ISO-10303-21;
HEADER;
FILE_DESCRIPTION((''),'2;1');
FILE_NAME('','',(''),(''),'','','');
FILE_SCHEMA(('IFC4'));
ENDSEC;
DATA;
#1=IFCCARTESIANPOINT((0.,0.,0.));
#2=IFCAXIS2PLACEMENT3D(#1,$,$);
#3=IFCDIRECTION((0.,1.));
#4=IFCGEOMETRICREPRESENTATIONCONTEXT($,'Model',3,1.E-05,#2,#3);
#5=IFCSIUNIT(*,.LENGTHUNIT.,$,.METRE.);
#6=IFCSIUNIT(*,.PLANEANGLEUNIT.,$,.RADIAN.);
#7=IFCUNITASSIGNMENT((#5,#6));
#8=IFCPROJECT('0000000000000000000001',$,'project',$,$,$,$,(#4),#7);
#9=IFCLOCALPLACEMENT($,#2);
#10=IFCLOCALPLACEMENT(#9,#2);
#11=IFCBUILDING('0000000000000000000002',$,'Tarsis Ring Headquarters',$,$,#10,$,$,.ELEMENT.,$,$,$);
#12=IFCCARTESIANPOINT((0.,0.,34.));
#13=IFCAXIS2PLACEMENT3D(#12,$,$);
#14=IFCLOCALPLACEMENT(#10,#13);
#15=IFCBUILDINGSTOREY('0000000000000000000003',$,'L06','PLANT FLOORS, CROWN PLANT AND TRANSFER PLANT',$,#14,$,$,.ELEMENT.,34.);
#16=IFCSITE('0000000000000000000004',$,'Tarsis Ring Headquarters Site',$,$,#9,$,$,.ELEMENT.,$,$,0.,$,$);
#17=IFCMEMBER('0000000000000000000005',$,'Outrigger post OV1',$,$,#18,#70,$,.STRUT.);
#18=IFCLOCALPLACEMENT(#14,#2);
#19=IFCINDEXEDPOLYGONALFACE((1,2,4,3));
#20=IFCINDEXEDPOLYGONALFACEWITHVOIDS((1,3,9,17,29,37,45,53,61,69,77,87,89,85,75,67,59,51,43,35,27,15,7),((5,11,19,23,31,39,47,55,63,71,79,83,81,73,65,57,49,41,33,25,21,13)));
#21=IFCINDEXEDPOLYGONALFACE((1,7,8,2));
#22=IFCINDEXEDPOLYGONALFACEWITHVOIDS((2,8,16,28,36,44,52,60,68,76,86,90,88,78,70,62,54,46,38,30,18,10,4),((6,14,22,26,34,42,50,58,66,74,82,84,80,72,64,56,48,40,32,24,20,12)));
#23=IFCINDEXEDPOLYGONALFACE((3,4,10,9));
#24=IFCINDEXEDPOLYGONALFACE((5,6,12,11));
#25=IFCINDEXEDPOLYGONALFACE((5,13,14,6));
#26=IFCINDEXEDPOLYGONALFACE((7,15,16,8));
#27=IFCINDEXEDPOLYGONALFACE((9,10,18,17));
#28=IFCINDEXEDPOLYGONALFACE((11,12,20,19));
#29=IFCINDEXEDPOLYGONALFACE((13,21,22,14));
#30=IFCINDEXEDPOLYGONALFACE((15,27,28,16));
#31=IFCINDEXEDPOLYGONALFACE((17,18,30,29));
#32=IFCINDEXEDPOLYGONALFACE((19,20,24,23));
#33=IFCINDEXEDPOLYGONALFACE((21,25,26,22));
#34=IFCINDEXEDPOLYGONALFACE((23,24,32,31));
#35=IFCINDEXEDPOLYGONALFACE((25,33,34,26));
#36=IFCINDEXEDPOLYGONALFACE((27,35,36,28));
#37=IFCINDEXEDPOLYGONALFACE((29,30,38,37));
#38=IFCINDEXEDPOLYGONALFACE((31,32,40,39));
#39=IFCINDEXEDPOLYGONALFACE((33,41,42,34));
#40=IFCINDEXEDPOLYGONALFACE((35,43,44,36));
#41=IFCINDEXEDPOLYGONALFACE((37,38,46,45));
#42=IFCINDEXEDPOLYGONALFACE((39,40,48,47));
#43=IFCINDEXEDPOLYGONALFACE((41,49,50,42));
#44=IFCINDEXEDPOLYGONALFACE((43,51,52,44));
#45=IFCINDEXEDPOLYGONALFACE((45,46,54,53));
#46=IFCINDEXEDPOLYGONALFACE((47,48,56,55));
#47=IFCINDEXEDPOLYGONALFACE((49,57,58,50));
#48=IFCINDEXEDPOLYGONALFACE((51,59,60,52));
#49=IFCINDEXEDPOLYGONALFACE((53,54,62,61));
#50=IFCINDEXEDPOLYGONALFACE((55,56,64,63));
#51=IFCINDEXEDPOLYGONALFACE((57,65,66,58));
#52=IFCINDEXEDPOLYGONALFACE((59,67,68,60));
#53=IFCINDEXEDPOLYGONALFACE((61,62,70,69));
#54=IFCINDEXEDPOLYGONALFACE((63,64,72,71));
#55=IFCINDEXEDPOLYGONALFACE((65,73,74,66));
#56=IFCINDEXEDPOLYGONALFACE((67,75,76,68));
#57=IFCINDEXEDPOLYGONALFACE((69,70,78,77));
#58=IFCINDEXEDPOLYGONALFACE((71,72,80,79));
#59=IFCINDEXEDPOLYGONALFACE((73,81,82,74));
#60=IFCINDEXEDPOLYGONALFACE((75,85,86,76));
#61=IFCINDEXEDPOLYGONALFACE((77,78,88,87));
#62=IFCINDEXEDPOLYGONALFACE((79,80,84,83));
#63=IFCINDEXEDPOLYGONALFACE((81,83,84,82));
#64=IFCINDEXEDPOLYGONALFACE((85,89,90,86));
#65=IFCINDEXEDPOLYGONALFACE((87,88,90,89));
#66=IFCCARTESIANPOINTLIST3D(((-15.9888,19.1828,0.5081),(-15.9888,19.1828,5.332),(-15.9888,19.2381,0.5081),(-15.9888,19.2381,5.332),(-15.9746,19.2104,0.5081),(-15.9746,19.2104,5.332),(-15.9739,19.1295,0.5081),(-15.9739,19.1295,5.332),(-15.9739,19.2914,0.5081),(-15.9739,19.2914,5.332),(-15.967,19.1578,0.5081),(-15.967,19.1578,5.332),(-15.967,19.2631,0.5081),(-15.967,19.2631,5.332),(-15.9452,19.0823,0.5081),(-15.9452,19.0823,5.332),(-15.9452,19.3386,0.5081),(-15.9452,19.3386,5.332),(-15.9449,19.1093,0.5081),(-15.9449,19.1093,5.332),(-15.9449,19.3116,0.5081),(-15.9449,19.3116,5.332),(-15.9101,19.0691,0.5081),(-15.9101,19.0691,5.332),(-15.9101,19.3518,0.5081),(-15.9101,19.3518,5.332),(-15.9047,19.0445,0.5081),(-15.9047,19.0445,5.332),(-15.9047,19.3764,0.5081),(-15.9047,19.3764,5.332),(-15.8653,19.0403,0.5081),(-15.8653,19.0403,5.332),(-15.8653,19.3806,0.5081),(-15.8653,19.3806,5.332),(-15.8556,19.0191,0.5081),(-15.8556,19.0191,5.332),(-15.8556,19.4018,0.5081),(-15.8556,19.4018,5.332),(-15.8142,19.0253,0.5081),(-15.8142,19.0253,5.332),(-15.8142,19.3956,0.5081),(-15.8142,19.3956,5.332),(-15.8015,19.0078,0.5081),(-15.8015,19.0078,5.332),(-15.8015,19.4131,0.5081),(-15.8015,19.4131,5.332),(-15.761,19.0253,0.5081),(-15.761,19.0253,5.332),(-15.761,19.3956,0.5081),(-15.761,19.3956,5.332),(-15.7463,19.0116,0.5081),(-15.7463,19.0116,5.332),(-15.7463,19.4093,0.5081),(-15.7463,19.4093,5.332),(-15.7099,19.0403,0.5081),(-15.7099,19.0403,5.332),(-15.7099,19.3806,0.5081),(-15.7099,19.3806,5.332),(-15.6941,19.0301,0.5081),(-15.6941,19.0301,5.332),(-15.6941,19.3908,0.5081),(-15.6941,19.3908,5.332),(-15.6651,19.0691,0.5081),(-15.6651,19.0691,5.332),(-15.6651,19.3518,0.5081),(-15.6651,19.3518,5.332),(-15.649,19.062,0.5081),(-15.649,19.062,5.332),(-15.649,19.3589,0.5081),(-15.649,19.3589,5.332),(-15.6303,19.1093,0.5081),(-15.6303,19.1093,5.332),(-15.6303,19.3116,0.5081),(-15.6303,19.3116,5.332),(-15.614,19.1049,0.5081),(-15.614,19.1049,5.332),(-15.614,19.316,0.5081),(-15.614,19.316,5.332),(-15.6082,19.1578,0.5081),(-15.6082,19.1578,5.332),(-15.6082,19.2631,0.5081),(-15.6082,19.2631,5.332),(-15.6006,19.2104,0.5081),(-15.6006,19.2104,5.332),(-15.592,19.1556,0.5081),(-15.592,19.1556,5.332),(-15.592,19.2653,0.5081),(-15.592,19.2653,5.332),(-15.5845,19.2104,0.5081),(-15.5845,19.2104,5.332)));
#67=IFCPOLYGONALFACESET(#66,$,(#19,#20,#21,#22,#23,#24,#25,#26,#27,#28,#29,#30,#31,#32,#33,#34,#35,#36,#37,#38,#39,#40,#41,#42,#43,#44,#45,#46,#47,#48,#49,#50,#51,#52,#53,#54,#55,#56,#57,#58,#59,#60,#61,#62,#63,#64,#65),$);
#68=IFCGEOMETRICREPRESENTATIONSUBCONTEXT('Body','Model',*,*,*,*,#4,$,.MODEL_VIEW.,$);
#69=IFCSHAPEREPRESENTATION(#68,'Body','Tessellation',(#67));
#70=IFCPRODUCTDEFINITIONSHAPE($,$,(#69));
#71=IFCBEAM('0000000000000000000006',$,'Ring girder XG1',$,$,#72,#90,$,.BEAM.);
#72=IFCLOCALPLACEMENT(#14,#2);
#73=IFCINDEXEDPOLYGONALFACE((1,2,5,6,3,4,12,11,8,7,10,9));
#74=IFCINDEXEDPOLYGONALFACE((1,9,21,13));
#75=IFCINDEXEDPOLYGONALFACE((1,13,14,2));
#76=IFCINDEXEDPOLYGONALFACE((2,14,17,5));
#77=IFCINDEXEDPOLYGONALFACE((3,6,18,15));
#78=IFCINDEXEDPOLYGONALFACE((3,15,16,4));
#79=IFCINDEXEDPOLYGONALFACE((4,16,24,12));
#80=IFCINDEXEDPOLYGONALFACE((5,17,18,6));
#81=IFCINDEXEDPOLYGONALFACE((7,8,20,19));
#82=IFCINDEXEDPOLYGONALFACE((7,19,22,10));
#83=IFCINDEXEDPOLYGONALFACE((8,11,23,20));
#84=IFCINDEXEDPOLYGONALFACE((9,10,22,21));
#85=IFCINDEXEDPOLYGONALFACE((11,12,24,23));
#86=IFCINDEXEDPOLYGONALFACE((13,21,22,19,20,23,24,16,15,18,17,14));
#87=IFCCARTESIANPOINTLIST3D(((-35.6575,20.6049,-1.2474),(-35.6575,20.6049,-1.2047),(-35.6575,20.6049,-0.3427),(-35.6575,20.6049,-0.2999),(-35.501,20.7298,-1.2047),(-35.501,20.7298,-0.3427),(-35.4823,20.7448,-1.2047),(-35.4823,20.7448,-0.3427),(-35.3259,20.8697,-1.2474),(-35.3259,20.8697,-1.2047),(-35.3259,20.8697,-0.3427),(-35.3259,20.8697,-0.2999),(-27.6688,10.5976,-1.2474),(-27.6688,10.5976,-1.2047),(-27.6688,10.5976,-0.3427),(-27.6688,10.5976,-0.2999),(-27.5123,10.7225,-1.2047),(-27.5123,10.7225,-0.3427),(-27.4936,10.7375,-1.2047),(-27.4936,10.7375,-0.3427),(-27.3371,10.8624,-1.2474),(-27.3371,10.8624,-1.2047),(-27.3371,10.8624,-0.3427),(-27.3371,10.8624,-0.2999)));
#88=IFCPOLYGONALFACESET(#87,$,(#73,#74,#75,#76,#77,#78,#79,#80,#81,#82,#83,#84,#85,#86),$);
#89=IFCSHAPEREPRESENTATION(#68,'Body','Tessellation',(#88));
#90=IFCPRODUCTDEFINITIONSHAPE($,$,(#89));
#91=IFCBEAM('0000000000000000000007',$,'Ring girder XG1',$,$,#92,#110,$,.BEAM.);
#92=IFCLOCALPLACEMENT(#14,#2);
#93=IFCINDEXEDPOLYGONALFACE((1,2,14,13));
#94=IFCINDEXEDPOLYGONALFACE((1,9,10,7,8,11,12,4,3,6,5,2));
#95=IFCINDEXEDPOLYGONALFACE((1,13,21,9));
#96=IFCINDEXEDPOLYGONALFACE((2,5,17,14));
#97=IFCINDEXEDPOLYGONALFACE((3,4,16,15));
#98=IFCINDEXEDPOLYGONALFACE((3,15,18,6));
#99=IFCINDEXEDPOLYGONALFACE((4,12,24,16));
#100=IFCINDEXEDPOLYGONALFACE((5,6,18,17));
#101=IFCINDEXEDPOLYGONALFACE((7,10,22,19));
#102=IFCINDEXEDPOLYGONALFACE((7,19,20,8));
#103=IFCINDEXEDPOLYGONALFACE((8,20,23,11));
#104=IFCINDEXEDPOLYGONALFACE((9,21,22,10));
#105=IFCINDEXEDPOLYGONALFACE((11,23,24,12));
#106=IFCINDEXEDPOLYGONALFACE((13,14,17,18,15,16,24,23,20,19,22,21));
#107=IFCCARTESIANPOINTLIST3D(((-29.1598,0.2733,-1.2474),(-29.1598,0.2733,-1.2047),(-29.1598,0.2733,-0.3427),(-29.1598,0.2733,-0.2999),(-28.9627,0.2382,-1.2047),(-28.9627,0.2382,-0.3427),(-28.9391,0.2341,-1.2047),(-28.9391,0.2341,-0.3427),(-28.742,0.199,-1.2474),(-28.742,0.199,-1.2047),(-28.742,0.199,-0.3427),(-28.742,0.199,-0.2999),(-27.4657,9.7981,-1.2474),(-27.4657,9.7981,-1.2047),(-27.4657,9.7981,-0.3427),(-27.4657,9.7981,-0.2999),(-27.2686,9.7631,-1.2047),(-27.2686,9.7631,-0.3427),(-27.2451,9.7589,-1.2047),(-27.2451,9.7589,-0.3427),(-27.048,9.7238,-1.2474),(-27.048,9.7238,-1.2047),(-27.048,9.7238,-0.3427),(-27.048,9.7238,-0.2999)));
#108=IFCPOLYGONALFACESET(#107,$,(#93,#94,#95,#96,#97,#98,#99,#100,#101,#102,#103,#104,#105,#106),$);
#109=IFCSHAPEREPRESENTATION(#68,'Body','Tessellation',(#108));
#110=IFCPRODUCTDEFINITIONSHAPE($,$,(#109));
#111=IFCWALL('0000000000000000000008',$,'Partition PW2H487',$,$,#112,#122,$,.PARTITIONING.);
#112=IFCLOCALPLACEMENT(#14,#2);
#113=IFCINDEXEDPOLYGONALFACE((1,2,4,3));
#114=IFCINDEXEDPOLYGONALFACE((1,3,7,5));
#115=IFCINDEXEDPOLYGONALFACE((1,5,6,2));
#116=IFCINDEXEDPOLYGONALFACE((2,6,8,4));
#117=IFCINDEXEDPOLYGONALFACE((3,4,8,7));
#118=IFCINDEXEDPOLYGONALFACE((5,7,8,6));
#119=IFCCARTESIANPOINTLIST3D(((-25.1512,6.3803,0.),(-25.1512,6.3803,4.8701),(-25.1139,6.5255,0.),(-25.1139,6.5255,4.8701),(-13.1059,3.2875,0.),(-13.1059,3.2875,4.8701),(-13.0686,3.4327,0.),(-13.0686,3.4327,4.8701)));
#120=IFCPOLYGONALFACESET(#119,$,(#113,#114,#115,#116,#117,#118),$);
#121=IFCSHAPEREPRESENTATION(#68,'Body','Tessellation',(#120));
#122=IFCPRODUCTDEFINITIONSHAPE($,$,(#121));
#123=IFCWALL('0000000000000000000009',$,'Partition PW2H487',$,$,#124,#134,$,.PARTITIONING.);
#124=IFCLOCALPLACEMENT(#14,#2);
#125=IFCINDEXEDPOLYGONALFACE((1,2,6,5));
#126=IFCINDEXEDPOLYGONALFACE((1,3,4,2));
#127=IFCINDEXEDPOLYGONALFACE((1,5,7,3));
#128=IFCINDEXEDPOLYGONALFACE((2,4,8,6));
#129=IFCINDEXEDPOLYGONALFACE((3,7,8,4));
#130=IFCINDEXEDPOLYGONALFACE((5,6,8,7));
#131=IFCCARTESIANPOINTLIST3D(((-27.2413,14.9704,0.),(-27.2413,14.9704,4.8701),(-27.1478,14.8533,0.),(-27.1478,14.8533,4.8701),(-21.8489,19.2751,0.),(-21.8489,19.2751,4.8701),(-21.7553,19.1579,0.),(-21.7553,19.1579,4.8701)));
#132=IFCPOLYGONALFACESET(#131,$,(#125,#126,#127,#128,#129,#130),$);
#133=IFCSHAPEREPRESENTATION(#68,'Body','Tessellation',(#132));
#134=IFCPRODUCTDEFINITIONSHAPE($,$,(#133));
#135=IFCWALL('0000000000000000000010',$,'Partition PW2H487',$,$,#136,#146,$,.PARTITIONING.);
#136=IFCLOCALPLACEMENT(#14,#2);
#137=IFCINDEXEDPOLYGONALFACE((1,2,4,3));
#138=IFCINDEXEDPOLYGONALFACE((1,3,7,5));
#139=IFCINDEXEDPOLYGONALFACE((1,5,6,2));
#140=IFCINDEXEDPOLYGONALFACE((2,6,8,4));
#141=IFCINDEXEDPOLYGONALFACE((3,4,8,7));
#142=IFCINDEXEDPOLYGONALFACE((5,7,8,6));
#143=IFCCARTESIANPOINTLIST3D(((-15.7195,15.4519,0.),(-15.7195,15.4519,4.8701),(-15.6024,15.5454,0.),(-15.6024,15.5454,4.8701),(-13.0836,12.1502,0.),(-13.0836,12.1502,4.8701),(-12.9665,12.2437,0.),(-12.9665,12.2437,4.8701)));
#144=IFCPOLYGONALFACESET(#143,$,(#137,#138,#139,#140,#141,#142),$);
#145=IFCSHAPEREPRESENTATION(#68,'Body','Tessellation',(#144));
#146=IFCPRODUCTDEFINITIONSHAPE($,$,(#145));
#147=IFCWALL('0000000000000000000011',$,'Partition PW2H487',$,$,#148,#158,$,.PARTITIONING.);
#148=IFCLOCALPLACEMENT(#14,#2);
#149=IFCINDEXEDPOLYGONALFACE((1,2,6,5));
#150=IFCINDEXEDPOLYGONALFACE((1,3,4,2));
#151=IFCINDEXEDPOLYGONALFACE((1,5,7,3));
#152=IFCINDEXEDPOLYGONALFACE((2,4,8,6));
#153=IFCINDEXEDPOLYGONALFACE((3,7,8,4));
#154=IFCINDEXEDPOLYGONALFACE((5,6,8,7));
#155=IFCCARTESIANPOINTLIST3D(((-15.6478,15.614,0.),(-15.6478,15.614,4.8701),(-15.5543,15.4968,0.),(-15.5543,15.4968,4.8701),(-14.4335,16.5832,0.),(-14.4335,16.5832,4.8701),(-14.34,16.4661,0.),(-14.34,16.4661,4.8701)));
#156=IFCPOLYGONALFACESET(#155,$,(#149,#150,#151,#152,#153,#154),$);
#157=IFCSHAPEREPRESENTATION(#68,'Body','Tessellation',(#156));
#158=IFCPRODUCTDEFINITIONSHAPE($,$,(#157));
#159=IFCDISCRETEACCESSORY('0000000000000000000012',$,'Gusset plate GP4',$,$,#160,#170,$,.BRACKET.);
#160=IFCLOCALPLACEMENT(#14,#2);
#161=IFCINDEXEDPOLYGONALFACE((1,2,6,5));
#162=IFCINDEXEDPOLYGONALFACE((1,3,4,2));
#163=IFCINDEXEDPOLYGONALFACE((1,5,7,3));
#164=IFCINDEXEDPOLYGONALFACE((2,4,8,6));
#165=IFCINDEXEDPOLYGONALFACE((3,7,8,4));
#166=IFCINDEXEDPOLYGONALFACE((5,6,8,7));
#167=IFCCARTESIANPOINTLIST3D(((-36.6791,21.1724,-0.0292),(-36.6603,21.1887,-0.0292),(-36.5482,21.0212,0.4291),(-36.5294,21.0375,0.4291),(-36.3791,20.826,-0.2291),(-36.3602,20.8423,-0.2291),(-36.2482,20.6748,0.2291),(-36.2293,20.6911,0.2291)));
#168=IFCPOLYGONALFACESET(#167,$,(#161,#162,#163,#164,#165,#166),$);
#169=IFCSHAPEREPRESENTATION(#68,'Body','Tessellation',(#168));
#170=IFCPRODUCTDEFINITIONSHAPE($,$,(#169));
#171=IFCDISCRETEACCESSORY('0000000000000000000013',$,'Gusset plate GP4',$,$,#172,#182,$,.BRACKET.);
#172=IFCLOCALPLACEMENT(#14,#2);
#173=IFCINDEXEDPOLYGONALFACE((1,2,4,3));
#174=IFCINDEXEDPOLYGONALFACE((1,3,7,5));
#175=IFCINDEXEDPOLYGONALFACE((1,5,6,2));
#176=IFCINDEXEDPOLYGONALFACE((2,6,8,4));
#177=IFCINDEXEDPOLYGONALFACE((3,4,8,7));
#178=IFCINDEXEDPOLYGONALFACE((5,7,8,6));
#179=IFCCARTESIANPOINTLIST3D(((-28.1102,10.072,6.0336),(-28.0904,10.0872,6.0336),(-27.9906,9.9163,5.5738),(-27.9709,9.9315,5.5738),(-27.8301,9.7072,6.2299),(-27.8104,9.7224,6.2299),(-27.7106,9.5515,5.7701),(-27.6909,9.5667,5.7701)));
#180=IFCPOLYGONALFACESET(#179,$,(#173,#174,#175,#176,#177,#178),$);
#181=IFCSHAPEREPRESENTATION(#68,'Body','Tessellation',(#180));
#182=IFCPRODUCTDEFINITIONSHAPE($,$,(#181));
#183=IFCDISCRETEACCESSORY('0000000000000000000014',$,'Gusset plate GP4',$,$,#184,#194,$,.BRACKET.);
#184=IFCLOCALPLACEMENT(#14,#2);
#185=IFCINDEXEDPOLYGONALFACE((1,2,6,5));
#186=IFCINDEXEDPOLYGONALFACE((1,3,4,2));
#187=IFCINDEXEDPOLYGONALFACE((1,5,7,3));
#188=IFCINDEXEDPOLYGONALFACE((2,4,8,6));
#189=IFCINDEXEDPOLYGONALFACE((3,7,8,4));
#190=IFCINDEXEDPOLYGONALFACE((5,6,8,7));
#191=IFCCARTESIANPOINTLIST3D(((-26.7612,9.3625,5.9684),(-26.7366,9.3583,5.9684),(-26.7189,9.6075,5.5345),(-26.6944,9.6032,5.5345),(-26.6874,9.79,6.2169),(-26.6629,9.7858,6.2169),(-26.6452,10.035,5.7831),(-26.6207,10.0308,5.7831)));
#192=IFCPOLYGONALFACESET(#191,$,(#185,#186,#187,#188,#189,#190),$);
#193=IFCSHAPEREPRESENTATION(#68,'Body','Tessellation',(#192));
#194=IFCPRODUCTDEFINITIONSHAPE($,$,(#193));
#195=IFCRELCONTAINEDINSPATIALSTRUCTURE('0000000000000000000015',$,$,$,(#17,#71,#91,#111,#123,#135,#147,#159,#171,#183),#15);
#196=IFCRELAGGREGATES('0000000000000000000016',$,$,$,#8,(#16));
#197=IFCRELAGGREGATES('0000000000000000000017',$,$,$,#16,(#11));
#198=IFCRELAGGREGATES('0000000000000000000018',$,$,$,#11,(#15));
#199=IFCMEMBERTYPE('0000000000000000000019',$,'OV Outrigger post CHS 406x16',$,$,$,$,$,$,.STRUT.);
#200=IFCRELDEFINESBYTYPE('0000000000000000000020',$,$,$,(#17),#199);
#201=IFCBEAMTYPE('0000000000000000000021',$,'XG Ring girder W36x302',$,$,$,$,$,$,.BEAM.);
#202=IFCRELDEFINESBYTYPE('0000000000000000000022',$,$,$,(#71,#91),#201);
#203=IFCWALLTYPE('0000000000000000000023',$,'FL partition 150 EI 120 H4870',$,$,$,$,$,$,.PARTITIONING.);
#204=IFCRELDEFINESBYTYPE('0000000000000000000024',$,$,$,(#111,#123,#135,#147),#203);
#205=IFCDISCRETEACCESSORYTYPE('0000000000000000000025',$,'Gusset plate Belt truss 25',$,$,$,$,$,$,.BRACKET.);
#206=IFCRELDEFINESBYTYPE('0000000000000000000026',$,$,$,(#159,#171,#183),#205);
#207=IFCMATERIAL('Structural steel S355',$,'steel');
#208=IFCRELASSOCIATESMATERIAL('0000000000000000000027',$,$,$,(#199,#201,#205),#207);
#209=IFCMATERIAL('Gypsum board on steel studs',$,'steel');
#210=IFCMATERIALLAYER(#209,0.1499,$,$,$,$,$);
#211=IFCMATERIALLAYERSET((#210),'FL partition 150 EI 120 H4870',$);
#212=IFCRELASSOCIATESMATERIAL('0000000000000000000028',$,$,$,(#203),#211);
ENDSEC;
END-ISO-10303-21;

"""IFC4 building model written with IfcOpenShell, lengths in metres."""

from ifc_helpers import new_model, si_unit, direction, frame, frame_2d, origin, origin_2d, place, context, subcontext, project, spatial, rectangle, hollow_circle, i_section, extrude, material, layer, layer_set, material_profile, profile_set, type_object, element, save


model = new_model("IFC4")

# Units and contexts
model_context = context("Model", 3, precision=1e-05, world=origin(), true_north=direction((0.0, 1.0)))
body_context = subcontext(model_context, "Body", "Model", "MODEL_VIEW")
ifc_project = project(units=[si_unit("LENGTHUNIT", "METRE"), si_unit("PLANEANGLEUNIT", "RADIAN")], contexts=[model_context])

# Site, building, storey
site_placement = place(None, origin())
site = spatial("IfcSite", under=ifc_project, at=site_placement, Name="Tarsis Ring Headquarters Site", CompositionType="ELEMENT", RefElevation=0.0)
building_placement = place(site_placement, origin())
building = spatial("IfcBuilding", under=site, at=building_placement, Name="Tarsis Ring Headquarters", CompositionType="ELEMENT")
storey_placement = place(building_placement, frame((0.0, 0.0, 34.0)))
storey = spatial("IfcBuildingStorey", under=building, at=storey_placement, Name="L06", Description="PLANT FLOORS, CROWN PLANT AND TRANSFER PLANT", CompositionType="ELEMENT", Elevation=34.0)

# Member
ifc_material_1 = material(Name="Structural steel S355", Category="steel")
ifc_material_profile_1 = material_profile(ifc_material_1, hollow_circle(Radius=0.2031, WallThickness=0.0161, at=origin_2d()), Name="CHS 406x16")
ifc_profile_set_1 = profile_set([ifc_material_profile_1], Name="Structural steel S355")
member_type_1 = type_object("IfcMemberType", Name="OV Outrigger post CHS 406x16", PredefinedType="STRUT", material=ifc_profile_set_1)
member_1_placement = place(storey_placement, frame((-15.7876, 19.2104, 0.5081), z_axis=(0.0, 0.0, 1.0), x_axis=(1.0, 0.0, 0.0)))
element("IfcMember", 1, at=member_1_placement, inside=storey, type_object=member_type_1, Name="Outrigger post OV1", PredefinedType="STRUT", context=body_context, shape_type="SweptSolid", body=[
    extrude(hollow_circle(Radius=0.2031, WallThickness=0.0161, at=origin_2d()), origin(), (0.0, 0.0, 1.0), 4.824),
])

# Beams
ifc_material_profile_2 = material_profile(ifc_material_1, i_section(OverallWidth=0.4243, OverallDepth=0.9475, WebThickness=0.0239, FlangeThickness=0.0427, at=origin_2d()), Name="W36x302")
ifc_profile_set_2 = profile_set([ifc_material_profile_2], Name="Structural steel S355")
beam_type = type_object("IfcBeamType", Name="XG Ring girder W36x302", PredefinedType="BEAM", material=ifc_profile_set_2)
beam_1_placement = place(storey_placement, frame((-35.4917, 20.7373, -0.7737), z_axis=(0.623881, -0.781519, 0.0), x_axis=(0.781519, 0.623881, 0.0)))
element("IfcBeam", 2, at=beam_1_placement, inside=storey, type_object=beam_type, Name="Ring girder XG1", PredefinedType="BEAM", context=body_context, shape_type="SweptSolid", body=[
    extrude(i_section(OverallWidth=0.4243, OverallDepth=0.9475, WebThickness=0.0239, FlangeThickness=0.0427, at=origin_2d()), origin(), (0.0, 0.0, 1.0), 12.8049),
])
beam_2_placement = place(storey_placement, frame((-27.2568, 9.761, -0.7737), z_axis=(-0.175111, -0.984549, 0.0), x_axis=(0.984549, -0.175111, 0.0)))
element("IfcBeam", 3, at=beam_2_placement, inside=storey, type_object=beam_type, Name="Ring girder XG1", PredefinedType="BEAM", context=body_context, shape_type="SweptSolid", body=[
    extrude(i_section(OverallWidth=0.4243, OverallDepth=0.9475, WebThickness=0.0239, FlangeThickness=0.0427, at=origin_2d()), origin(), (0.0, 0.0, 1.0), 9.6743),
])

# Walls
ifc_material_2 = material(Name="Gypsum board on steel studs", Category="steel")
ifc_layer = layer(ifc_material_2, 0.1499)
ifc_layer_set = layer_set([ifc_layer], Name="FL partition 150 EI 120 H4870")
wall_type = type_object("IfcWallType", Name="FL partition 150 EI 120 H4870", PredefinedType="PARTITIONING", material=ifc_layer_set)
wall_1_placement = place(storey_placement, frame((-25.1326, 6.4529, 0.0), z_axis=(0.0, 0.0, 1.0), x_axis=(0.968582, -0.248693, 0.0)))
element("IfcWall", 4, at=wall_1_placement, inside=storey, type_object=wall_type, Name="Partition PW2H487", PredefinedType="PARTITIONING", context=body_context, shape_type="SweptSolid", body=[
    extrude(rectangle(XDim=12.436, YDim=0.1499, at=frame_2d((6.218, 0.0))), origin(), (0.0, 0.0, 1.0), 4.8701),
])
wall_2_placement = place(storey_placement, frame((-27.1946, 14.9119, 0.0), z_axis=(0.0, 0.0, 1.0), x_axis=(0.781531, 0.623866, 0.0)))
element("IfcWall", 5, at=wall_2_placement, inside=storey, type_object=wall_type, Name="Partition PW2H487", PredefinedType="PARTITIONING", context=body_context, shape_type="SweptSolid", body=[
    extrude(rectangle(XDim=6.8999, YDim=0.1499, at=frame_2d((3.45, 0.0))), origin(), (0.0, 0.0, 1.0), 4.8701),
])
wall_3_placement = place(storey_placement, frame((-15.6609, 15.4985, 0.0), z_axis=(0.0, 0.0, 1.0), x_axis=(0.623913, -0.781494, 0.0)))
element("IfcWall", 6, at=wall_3_placement, inside=storey, type_object=wall_type, Name="Partition PW2H487", PredefinedType="PARTITIONING", context=body_context, shape_type="SweptSolid", body=[
    extrude(rectangle(XDim=4.2249, YDim=0.1499, at=frame_2d((2.1123, 0.0))), origin(), (0.0, 0.0, 1.0), 4.8701),
])
wall_4_placement = place(storey_placement, frame((-15.6011, 15.5554, 0.0), z_axis=(0.0, 0.0, 1.0), x_axis=(0.781573, 0.623813, 0.0)))
element("IfcWall", 7, at=wall_4_placement, inside=storey, type_object=wall_type, Name="Partition PW2H487", PredefinedType="PARTITIONING", context=body_context, shape_type="SweptSolid", body=[
    extrude(rectangle(XDim=1.5537, YDim=0.1499, at=frame_2d((0.7769, 0.0))), origin(), (0.0, 0.0, 1.0), 4.8701),
])

# Discrete accessories
ifc_material_profile_3 = material_profile(ifc_material_1, rectangle(XDim=0.0249, YDim=0.5, at=origin_2d()), Name="PL 25x500")
ifc_profile_set_3 = profile_set([ifc_material_profile_3], Name="Structural steel S355")
discrete_accessory_type_1 = type_object("IfcDiscreteAccessoryType", Name="Gusset plate Belt truss 25", PredefinedType="BRACKET", material=ifc_profile_set_3)
for number, where, z_axis, x_axis, name in (
    (8, (-36.3042, 20.7585, 0.0), (-0.600065, 0.692833, 0.39988), (-0.7559, -0.654687, 0.0), "Gusset plate GP4"),
    (9, (-27.7605, 9.637, 6.0), (-0.560075, 0.729513, -0.392589), (-0.793196, -0.608966, 0.0), "Gusset plate GP4"),
    (10, (-26.6541, 9.9104, 6.0), (-0.147475, -0.855059, -0.497116), (0.98545, -0.169963, 0.0), "Gusset plate GP4"),
):
    element("IfcDiscreteAccessory", number, at=place(storey_placement, frame(where, z_axis=z_axis, x_axis=x_axis)), inside=storey, type_object=discrete_accessory_type_1, Name=name, PredefinedType="BRACKET", context=body_context, shape_type="SweptSolid", body=[
        extrude(rectangle(XDim=0.0249, YDim=0.5, at=origin_2d()), origin(), (0.0, 0.0, 1.0), 0.5),
    ])

save(model, "model.ifc")
